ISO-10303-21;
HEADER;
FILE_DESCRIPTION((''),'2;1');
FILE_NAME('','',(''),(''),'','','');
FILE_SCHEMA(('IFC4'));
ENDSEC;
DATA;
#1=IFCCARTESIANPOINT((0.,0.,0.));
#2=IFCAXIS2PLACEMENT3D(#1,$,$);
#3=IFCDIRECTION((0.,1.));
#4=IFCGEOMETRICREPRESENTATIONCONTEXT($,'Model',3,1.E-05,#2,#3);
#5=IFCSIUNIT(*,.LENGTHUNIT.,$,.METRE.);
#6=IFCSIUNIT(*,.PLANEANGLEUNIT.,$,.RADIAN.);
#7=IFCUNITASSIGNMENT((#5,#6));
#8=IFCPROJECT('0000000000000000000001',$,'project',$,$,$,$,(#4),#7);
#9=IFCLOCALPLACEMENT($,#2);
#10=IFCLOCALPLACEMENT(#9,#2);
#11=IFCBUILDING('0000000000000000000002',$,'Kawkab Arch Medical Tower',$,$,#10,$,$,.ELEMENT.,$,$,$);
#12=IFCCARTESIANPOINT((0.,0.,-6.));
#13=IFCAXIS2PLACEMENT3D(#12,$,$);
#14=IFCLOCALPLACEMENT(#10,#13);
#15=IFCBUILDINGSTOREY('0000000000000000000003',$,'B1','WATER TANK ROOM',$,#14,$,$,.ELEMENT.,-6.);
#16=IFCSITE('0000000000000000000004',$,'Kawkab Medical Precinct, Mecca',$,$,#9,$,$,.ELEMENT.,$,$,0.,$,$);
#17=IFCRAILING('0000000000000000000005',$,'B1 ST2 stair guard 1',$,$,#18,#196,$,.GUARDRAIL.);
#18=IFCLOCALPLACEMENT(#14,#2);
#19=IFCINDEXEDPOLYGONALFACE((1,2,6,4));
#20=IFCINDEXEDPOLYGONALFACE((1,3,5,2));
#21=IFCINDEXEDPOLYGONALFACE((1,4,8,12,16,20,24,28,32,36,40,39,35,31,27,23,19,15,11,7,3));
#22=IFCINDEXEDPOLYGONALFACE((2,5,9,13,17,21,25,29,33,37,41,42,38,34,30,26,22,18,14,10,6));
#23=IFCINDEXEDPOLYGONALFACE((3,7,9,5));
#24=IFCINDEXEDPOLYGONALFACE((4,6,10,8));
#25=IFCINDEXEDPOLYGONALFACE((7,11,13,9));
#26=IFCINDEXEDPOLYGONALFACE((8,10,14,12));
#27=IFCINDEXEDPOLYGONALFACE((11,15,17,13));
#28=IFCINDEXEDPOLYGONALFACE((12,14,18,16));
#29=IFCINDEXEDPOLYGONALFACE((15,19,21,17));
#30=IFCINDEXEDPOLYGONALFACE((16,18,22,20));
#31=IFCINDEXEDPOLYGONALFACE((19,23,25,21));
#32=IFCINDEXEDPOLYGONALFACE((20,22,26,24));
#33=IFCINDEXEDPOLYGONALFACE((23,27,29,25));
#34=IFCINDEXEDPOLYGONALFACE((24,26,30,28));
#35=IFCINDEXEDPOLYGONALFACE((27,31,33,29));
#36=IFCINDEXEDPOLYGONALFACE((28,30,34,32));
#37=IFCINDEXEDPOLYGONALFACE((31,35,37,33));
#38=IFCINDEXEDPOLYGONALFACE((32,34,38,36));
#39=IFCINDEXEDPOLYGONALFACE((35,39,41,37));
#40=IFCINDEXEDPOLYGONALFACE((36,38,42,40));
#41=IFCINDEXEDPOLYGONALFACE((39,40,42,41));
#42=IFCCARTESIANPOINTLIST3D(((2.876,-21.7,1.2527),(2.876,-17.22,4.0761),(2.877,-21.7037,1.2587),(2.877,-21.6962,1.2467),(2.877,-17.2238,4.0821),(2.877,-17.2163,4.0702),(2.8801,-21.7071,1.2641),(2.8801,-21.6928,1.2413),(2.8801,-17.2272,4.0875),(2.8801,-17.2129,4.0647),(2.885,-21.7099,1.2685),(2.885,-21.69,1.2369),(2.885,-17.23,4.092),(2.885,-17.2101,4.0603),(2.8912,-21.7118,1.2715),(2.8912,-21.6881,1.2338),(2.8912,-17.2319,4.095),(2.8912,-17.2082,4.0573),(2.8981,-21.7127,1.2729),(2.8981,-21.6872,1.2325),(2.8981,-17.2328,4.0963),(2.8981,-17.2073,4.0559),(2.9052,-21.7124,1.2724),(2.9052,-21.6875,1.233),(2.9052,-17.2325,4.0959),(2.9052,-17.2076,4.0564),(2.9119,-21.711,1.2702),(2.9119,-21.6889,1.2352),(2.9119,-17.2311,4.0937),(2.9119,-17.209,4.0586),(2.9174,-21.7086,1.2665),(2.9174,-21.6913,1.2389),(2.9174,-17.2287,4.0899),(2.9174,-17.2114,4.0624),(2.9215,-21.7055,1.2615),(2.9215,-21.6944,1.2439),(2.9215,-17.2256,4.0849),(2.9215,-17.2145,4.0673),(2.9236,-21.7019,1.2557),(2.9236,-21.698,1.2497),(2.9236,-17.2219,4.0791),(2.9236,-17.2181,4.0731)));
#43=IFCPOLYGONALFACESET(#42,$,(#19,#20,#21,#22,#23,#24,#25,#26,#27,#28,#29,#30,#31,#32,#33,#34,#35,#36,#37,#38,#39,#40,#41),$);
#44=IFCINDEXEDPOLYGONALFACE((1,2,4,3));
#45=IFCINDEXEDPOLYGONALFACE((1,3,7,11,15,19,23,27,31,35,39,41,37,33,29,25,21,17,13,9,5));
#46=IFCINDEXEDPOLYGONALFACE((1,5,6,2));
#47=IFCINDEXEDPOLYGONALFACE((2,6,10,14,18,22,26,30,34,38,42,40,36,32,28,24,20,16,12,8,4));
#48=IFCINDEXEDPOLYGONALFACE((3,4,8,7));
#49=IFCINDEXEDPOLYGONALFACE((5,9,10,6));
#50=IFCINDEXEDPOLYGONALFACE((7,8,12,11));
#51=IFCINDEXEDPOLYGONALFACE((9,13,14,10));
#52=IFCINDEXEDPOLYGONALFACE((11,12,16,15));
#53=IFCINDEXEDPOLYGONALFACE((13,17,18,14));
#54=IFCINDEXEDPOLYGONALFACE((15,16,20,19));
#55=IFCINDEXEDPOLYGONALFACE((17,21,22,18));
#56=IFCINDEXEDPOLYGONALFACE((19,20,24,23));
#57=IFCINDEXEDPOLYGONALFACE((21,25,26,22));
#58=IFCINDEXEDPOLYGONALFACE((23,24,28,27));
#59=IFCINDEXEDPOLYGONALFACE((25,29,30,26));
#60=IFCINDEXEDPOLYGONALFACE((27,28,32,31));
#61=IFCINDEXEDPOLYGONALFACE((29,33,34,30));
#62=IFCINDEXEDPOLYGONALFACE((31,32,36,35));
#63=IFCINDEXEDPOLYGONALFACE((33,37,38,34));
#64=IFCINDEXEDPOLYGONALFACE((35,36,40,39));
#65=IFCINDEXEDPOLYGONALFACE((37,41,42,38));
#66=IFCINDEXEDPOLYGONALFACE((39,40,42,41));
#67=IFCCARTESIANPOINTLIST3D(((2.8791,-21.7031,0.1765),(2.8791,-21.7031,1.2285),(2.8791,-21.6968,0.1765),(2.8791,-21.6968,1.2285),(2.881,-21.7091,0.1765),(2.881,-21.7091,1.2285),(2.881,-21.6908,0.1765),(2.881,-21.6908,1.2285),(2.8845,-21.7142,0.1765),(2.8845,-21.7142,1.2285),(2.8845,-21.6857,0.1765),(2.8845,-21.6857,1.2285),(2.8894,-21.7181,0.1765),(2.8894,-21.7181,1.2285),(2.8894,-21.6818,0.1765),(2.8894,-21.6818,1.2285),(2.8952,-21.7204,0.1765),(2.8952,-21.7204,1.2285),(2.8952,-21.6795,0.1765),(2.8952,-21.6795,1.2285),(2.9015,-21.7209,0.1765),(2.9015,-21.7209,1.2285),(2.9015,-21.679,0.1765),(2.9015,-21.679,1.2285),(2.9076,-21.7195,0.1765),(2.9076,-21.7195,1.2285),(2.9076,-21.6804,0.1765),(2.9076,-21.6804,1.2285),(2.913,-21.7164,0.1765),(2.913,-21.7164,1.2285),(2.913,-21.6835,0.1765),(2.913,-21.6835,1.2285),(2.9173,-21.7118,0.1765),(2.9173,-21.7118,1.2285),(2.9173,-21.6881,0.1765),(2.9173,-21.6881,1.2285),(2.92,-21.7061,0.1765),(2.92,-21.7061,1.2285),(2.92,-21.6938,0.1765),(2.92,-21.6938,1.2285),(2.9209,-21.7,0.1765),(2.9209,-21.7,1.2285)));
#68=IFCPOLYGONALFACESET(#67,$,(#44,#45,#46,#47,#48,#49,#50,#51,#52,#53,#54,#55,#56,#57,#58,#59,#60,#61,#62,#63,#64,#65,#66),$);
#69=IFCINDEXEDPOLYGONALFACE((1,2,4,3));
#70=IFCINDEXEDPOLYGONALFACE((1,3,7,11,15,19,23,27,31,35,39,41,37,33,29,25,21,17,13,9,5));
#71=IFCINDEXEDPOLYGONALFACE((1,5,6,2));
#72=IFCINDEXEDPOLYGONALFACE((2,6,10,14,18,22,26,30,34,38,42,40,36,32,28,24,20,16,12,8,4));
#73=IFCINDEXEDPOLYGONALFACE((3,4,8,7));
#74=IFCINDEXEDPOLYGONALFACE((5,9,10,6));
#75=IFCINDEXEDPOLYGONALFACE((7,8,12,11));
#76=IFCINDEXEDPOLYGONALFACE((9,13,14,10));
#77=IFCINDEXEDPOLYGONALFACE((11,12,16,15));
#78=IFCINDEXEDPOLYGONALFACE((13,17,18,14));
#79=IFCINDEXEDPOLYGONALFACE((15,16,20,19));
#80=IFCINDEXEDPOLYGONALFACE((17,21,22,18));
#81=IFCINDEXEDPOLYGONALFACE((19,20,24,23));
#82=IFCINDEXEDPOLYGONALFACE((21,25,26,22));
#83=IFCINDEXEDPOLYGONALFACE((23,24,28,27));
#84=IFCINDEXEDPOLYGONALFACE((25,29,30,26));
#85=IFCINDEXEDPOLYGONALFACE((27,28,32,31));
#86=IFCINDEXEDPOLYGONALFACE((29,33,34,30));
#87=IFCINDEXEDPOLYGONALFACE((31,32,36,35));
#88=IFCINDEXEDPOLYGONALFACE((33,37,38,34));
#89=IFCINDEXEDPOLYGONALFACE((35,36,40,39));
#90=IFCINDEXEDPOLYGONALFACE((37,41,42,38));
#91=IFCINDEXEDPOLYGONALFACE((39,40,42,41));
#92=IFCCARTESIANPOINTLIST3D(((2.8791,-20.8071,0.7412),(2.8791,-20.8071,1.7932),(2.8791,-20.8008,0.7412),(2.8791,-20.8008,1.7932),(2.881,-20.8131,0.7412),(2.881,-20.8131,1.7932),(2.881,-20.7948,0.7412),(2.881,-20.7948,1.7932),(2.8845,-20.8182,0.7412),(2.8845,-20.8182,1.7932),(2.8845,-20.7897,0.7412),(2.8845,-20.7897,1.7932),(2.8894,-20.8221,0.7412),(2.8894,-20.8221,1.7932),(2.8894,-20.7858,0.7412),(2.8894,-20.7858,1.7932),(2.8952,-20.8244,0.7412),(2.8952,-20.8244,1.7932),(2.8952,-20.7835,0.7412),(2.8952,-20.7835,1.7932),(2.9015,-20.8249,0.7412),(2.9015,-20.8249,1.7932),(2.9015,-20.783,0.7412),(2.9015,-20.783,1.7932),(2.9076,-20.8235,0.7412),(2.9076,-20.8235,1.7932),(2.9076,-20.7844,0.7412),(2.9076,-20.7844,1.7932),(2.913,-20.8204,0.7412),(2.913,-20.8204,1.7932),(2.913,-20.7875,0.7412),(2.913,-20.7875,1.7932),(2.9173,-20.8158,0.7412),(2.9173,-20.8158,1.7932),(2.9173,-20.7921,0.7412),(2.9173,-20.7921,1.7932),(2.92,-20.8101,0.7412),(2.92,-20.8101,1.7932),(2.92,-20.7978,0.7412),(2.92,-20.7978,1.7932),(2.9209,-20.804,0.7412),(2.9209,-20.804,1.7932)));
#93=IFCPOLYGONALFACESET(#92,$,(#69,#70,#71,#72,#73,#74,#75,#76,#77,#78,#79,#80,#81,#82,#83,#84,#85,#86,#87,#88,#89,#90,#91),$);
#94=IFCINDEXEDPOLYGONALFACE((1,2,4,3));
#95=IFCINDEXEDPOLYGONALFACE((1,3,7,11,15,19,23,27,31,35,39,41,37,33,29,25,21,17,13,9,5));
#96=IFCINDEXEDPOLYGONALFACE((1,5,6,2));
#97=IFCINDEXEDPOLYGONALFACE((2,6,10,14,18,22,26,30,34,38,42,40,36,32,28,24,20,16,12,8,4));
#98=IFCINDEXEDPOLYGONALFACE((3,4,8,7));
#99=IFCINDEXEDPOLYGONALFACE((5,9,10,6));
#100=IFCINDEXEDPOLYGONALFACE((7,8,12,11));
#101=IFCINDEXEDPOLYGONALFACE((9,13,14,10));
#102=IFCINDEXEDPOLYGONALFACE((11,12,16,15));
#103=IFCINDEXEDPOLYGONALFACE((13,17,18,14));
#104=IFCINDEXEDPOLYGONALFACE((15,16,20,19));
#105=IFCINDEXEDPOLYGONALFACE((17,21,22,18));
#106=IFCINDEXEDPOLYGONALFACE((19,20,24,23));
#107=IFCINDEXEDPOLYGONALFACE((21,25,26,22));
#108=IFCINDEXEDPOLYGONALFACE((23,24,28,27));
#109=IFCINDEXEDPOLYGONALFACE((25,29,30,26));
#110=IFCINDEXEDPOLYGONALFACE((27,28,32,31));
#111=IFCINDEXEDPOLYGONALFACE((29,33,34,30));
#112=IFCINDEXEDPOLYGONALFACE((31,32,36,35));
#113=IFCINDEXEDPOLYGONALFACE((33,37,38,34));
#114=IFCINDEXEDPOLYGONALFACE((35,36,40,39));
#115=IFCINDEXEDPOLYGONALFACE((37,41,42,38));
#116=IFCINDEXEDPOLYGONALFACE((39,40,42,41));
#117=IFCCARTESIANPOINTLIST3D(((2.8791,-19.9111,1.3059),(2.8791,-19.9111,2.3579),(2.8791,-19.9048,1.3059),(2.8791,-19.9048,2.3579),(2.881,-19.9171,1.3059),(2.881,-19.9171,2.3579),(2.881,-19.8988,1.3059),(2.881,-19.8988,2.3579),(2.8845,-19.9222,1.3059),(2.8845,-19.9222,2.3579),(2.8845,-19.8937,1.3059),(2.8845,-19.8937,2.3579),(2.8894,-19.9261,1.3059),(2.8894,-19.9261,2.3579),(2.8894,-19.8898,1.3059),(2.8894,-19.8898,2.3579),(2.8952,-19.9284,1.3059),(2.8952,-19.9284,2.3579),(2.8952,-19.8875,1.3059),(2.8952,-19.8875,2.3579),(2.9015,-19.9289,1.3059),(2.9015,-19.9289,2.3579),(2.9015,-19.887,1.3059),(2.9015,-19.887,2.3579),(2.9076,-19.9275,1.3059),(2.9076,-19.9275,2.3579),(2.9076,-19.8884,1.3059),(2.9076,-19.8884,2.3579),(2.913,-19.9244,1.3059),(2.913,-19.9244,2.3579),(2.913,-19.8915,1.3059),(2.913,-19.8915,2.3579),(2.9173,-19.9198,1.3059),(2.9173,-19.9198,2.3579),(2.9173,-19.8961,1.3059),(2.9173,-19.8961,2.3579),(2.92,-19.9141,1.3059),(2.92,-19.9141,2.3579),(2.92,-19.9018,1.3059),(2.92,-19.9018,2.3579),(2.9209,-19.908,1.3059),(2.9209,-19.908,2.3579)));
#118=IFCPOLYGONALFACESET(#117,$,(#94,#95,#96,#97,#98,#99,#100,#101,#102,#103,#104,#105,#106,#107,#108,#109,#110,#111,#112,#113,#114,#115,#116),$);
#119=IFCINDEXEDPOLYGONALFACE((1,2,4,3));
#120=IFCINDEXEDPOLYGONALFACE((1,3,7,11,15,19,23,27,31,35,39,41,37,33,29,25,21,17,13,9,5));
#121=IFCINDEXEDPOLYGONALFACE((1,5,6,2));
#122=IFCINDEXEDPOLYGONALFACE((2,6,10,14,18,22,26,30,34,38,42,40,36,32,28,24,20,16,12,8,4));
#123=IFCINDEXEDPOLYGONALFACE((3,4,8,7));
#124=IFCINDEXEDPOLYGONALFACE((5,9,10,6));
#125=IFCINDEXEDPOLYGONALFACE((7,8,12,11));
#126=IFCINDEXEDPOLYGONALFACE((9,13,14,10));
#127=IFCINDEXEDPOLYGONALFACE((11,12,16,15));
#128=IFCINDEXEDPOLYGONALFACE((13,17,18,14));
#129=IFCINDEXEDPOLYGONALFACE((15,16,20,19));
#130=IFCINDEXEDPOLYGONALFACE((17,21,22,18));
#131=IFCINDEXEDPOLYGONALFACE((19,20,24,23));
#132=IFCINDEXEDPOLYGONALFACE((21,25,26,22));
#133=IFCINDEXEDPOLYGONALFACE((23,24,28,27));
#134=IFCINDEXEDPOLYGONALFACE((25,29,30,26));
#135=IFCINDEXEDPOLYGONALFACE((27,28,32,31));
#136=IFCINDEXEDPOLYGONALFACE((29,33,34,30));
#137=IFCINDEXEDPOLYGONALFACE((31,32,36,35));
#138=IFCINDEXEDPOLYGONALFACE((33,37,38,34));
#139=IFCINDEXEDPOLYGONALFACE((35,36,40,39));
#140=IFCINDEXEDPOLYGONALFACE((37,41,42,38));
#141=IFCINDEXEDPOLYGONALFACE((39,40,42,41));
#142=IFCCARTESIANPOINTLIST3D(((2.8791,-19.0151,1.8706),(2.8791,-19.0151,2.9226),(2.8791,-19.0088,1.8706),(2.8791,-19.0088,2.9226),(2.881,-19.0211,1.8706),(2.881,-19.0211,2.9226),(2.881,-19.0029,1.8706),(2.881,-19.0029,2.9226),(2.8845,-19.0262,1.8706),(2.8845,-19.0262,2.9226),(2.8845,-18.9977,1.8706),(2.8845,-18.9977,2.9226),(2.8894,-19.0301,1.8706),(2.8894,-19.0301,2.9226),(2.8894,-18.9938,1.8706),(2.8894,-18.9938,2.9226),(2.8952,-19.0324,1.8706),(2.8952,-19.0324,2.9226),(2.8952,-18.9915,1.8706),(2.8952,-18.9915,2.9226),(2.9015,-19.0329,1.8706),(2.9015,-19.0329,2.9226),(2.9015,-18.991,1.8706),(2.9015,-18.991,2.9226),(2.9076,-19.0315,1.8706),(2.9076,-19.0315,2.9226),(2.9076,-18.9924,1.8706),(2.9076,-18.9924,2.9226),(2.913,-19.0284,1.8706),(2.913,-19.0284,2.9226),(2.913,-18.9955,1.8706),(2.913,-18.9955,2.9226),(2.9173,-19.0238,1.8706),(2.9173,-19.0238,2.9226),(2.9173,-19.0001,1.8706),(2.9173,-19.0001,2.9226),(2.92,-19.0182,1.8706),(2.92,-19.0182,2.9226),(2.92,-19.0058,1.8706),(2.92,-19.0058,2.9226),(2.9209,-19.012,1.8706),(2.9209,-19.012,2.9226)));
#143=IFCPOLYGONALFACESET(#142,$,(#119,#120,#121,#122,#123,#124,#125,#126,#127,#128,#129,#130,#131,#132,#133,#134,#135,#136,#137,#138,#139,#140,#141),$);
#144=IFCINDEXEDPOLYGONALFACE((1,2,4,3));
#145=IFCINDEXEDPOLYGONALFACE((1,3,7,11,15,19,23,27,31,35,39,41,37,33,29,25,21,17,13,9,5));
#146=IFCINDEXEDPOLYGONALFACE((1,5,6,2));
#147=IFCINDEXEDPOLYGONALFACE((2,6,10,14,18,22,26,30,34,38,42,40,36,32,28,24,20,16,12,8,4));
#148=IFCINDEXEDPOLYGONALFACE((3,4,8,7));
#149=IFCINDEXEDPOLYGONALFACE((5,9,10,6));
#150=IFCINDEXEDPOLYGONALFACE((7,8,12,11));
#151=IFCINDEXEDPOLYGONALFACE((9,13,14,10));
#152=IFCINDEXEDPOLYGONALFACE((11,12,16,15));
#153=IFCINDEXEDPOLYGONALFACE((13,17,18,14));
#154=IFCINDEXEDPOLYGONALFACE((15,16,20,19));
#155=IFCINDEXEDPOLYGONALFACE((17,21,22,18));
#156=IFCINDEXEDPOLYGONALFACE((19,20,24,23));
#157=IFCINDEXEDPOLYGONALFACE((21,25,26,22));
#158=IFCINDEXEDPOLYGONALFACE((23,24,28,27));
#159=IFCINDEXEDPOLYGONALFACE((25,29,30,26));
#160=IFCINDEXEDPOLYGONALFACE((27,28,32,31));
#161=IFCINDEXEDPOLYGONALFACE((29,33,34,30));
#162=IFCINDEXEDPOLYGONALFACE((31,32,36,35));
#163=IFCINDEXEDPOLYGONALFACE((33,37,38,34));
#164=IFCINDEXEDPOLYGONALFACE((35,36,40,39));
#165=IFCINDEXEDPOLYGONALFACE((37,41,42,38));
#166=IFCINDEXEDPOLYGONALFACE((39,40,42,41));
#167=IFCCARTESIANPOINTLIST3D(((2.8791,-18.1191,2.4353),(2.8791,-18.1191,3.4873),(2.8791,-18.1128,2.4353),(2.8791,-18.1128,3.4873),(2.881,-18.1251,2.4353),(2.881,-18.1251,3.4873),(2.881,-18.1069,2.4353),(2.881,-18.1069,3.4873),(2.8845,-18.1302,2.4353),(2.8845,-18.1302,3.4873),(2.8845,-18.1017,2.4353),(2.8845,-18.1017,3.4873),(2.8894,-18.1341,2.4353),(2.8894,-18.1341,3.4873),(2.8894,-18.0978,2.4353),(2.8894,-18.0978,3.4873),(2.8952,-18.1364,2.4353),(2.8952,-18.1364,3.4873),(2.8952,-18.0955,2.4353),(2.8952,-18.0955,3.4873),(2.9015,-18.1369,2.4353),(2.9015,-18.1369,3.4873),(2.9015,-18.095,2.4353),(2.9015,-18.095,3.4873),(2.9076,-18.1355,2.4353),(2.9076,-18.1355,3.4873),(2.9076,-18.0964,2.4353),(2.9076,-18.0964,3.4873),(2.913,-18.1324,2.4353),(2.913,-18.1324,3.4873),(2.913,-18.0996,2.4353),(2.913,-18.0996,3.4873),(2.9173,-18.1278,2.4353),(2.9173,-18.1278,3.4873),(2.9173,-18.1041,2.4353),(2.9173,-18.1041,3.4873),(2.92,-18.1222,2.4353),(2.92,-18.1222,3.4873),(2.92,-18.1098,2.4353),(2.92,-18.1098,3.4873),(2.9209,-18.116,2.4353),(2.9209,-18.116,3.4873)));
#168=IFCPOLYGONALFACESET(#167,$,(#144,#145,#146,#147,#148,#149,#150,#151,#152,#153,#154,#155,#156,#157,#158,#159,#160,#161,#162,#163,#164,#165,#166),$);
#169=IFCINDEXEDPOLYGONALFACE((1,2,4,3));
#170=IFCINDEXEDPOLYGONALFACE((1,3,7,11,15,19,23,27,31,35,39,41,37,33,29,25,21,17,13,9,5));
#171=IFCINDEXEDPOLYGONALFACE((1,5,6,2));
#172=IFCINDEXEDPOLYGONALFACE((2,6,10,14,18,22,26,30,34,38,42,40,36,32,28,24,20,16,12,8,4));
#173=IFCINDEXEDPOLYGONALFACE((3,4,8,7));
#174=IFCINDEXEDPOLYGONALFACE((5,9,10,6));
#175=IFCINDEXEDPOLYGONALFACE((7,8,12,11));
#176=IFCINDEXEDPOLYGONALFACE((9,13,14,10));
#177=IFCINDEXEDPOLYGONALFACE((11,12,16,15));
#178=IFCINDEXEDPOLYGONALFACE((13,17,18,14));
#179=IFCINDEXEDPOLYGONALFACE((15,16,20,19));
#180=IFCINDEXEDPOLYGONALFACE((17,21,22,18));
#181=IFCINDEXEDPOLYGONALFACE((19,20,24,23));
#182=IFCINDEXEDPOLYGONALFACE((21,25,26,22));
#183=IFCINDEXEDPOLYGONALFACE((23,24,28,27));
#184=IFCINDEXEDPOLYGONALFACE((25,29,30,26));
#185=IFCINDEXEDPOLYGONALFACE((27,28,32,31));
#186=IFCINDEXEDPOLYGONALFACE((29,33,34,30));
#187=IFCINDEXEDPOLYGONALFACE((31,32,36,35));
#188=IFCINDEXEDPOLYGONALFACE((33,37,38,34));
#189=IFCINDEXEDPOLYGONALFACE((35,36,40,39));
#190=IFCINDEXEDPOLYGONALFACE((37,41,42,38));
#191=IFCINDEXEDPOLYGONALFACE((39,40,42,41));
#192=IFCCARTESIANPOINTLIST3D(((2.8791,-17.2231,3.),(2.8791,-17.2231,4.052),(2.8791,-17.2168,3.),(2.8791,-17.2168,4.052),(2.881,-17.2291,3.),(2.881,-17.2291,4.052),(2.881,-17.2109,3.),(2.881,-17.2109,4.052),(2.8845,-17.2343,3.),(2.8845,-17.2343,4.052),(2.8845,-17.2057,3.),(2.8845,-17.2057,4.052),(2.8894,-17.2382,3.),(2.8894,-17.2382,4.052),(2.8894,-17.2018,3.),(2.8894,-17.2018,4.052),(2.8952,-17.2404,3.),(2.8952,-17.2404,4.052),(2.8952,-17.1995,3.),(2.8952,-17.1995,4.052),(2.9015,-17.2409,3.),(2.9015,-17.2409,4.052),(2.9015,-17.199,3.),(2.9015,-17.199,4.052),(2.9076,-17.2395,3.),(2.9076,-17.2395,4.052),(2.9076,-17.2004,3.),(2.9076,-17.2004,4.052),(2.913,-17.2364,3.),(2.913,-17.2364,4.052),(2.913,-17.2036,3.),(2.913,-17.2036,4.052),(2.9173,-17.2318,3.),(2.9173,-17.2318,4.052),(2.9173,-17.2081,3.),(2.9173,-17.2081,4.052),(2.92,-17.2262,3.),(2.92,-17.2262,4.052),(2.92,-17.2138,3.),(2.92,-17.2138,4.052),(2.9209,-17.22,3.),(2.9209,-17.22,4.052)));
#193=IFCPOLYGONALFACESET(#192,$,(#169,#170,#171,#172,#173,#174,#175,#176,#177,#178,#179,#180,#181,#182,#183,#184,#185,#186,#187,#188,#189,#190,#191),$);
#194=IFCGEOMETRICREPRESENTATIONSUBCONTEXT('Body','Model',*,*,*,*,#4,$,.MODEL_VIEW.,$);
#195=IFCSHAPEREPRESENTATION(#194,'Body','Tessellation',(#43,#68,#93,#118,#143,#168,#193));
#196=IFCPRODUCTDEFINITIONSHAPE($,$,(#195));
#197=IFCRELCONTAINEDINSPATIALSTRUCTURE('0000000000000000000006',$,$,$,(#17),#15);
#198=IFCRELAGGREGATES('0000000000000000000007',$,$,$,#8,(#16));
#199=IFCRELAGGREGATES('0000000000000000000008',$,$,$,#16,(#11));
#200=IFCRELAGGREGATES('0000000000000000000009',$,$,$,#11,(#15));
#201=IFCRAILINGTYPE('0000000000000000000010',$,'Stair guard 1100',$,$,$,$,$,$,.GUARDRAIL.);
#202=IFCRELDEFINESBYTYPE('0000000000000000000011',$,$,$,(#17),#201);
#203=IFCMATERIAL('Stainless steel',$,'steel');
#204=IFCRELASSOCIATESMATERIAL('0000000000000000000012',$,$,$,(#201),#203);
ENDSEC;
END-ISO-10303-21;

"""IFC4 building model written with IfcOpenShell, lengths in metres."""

from ifc_helpers import new_model, si_unit, direction, frame, origin, origin_2d, place, context, subcontext, project, spatial, circle, extrude, material, type_object, element, save


model = new_model("IFC4")

# Units and contexts
model_context = context("Model", 3, precision=1e-05, world=origin(), true_north=direction((0.0, 1.0)))
body_context = subcontext(model_context, "Body", "Model", "MODEL_VIEW")
ifc_project = project(units=[si_unit("LENGTHUNIT", "METRE"), si_unit("PLANEANGLEUNIT", "RADIAN")], contexts=[model_context])

# Site, building, storey
site_placement = place(None, origin())
site = spatial("IfcSite", under=ifc_project, at=site_placement, Name="Kawkab Medical Precinct, Mecca", CompositionType="ELEMENT", RefElevation=0.0)
building_placement = place(site_placement, origin())
building = spatial("IfcBuilding", under=site, at=building_placement, Name="Kawkab Arch Medical Tower", CompositionType="ELEMENT")
storey_placement = place(building_placement, frame((0.0, 0.0, -6.0)))
storey = spatial("IfcBuildingStorey", under=building, at=storey_placement, Name="B1", Description="WATER TANK ROOM", CompositionType="ELEMENT", Elevation=-6.0)

# Railing
ifc_material_1 = material(Name="Stainless steel", Category="steel")
railing_type = type_object("IfcRailingType", Name="Stair guard 1100", PredefinedType="GUARDRAIL", material=ifc_material_1)
railing_1_placement = place(storey_placement, frame((2.8999, -21.7, 0.1765)))
element("IfcRailing", 1, at=railing_1_placement, inside=storey, type_object=railing_type, Name="B1 ST2 stair guard 1", PredefinedType="GUARDRAIL", context=body_context, shape_type="SweptSolid", body=[
    extrude(circle(Radius=0.0239, at=origin_2d()), frame((0.0, 0.0, 1.0762), z_axis=(0.0, 0.845998, 0.533186), x_axis=(-1.0, 0.0, 0.0)), (0.0, 0.0, 1.0), 5.2954),
    extrude(circle(Radius=0.021, at=origin_2d()), origin(), (0.0, 0.0, 1.0), 1.052),
    extrude(circle(Radius=0.021, at=origin_2d()), frame((0.0, 0.896, 0.5647)), (0.0, 0.0, 1.0), 1.052),
    extrude(circle(Radius=0.021, at=origin_2d()), frame((0.0, 1.792, 1.1294)), (0.0, 0.0, 1.0), 1.052),
    extrude(circle(Radius=0.021, at=origin_2d()), frame((0.0, 2.688, 1.6941)), (0.0, 0.0, 1.0), 1.052),
    extrude(circle(Radius=0.021, at=origin_2d()), frame((0.0, 3.584, 2.2588)), (0.0, 0.0, 1.0), 1.052),
    extrude(circle(Radius=0.021, at=origin_2d()), frame((0.0, 4.48, 2.8235)), (0.0, 0.0, 1.0), 1.052),
])

save(model, "model.ifc")
